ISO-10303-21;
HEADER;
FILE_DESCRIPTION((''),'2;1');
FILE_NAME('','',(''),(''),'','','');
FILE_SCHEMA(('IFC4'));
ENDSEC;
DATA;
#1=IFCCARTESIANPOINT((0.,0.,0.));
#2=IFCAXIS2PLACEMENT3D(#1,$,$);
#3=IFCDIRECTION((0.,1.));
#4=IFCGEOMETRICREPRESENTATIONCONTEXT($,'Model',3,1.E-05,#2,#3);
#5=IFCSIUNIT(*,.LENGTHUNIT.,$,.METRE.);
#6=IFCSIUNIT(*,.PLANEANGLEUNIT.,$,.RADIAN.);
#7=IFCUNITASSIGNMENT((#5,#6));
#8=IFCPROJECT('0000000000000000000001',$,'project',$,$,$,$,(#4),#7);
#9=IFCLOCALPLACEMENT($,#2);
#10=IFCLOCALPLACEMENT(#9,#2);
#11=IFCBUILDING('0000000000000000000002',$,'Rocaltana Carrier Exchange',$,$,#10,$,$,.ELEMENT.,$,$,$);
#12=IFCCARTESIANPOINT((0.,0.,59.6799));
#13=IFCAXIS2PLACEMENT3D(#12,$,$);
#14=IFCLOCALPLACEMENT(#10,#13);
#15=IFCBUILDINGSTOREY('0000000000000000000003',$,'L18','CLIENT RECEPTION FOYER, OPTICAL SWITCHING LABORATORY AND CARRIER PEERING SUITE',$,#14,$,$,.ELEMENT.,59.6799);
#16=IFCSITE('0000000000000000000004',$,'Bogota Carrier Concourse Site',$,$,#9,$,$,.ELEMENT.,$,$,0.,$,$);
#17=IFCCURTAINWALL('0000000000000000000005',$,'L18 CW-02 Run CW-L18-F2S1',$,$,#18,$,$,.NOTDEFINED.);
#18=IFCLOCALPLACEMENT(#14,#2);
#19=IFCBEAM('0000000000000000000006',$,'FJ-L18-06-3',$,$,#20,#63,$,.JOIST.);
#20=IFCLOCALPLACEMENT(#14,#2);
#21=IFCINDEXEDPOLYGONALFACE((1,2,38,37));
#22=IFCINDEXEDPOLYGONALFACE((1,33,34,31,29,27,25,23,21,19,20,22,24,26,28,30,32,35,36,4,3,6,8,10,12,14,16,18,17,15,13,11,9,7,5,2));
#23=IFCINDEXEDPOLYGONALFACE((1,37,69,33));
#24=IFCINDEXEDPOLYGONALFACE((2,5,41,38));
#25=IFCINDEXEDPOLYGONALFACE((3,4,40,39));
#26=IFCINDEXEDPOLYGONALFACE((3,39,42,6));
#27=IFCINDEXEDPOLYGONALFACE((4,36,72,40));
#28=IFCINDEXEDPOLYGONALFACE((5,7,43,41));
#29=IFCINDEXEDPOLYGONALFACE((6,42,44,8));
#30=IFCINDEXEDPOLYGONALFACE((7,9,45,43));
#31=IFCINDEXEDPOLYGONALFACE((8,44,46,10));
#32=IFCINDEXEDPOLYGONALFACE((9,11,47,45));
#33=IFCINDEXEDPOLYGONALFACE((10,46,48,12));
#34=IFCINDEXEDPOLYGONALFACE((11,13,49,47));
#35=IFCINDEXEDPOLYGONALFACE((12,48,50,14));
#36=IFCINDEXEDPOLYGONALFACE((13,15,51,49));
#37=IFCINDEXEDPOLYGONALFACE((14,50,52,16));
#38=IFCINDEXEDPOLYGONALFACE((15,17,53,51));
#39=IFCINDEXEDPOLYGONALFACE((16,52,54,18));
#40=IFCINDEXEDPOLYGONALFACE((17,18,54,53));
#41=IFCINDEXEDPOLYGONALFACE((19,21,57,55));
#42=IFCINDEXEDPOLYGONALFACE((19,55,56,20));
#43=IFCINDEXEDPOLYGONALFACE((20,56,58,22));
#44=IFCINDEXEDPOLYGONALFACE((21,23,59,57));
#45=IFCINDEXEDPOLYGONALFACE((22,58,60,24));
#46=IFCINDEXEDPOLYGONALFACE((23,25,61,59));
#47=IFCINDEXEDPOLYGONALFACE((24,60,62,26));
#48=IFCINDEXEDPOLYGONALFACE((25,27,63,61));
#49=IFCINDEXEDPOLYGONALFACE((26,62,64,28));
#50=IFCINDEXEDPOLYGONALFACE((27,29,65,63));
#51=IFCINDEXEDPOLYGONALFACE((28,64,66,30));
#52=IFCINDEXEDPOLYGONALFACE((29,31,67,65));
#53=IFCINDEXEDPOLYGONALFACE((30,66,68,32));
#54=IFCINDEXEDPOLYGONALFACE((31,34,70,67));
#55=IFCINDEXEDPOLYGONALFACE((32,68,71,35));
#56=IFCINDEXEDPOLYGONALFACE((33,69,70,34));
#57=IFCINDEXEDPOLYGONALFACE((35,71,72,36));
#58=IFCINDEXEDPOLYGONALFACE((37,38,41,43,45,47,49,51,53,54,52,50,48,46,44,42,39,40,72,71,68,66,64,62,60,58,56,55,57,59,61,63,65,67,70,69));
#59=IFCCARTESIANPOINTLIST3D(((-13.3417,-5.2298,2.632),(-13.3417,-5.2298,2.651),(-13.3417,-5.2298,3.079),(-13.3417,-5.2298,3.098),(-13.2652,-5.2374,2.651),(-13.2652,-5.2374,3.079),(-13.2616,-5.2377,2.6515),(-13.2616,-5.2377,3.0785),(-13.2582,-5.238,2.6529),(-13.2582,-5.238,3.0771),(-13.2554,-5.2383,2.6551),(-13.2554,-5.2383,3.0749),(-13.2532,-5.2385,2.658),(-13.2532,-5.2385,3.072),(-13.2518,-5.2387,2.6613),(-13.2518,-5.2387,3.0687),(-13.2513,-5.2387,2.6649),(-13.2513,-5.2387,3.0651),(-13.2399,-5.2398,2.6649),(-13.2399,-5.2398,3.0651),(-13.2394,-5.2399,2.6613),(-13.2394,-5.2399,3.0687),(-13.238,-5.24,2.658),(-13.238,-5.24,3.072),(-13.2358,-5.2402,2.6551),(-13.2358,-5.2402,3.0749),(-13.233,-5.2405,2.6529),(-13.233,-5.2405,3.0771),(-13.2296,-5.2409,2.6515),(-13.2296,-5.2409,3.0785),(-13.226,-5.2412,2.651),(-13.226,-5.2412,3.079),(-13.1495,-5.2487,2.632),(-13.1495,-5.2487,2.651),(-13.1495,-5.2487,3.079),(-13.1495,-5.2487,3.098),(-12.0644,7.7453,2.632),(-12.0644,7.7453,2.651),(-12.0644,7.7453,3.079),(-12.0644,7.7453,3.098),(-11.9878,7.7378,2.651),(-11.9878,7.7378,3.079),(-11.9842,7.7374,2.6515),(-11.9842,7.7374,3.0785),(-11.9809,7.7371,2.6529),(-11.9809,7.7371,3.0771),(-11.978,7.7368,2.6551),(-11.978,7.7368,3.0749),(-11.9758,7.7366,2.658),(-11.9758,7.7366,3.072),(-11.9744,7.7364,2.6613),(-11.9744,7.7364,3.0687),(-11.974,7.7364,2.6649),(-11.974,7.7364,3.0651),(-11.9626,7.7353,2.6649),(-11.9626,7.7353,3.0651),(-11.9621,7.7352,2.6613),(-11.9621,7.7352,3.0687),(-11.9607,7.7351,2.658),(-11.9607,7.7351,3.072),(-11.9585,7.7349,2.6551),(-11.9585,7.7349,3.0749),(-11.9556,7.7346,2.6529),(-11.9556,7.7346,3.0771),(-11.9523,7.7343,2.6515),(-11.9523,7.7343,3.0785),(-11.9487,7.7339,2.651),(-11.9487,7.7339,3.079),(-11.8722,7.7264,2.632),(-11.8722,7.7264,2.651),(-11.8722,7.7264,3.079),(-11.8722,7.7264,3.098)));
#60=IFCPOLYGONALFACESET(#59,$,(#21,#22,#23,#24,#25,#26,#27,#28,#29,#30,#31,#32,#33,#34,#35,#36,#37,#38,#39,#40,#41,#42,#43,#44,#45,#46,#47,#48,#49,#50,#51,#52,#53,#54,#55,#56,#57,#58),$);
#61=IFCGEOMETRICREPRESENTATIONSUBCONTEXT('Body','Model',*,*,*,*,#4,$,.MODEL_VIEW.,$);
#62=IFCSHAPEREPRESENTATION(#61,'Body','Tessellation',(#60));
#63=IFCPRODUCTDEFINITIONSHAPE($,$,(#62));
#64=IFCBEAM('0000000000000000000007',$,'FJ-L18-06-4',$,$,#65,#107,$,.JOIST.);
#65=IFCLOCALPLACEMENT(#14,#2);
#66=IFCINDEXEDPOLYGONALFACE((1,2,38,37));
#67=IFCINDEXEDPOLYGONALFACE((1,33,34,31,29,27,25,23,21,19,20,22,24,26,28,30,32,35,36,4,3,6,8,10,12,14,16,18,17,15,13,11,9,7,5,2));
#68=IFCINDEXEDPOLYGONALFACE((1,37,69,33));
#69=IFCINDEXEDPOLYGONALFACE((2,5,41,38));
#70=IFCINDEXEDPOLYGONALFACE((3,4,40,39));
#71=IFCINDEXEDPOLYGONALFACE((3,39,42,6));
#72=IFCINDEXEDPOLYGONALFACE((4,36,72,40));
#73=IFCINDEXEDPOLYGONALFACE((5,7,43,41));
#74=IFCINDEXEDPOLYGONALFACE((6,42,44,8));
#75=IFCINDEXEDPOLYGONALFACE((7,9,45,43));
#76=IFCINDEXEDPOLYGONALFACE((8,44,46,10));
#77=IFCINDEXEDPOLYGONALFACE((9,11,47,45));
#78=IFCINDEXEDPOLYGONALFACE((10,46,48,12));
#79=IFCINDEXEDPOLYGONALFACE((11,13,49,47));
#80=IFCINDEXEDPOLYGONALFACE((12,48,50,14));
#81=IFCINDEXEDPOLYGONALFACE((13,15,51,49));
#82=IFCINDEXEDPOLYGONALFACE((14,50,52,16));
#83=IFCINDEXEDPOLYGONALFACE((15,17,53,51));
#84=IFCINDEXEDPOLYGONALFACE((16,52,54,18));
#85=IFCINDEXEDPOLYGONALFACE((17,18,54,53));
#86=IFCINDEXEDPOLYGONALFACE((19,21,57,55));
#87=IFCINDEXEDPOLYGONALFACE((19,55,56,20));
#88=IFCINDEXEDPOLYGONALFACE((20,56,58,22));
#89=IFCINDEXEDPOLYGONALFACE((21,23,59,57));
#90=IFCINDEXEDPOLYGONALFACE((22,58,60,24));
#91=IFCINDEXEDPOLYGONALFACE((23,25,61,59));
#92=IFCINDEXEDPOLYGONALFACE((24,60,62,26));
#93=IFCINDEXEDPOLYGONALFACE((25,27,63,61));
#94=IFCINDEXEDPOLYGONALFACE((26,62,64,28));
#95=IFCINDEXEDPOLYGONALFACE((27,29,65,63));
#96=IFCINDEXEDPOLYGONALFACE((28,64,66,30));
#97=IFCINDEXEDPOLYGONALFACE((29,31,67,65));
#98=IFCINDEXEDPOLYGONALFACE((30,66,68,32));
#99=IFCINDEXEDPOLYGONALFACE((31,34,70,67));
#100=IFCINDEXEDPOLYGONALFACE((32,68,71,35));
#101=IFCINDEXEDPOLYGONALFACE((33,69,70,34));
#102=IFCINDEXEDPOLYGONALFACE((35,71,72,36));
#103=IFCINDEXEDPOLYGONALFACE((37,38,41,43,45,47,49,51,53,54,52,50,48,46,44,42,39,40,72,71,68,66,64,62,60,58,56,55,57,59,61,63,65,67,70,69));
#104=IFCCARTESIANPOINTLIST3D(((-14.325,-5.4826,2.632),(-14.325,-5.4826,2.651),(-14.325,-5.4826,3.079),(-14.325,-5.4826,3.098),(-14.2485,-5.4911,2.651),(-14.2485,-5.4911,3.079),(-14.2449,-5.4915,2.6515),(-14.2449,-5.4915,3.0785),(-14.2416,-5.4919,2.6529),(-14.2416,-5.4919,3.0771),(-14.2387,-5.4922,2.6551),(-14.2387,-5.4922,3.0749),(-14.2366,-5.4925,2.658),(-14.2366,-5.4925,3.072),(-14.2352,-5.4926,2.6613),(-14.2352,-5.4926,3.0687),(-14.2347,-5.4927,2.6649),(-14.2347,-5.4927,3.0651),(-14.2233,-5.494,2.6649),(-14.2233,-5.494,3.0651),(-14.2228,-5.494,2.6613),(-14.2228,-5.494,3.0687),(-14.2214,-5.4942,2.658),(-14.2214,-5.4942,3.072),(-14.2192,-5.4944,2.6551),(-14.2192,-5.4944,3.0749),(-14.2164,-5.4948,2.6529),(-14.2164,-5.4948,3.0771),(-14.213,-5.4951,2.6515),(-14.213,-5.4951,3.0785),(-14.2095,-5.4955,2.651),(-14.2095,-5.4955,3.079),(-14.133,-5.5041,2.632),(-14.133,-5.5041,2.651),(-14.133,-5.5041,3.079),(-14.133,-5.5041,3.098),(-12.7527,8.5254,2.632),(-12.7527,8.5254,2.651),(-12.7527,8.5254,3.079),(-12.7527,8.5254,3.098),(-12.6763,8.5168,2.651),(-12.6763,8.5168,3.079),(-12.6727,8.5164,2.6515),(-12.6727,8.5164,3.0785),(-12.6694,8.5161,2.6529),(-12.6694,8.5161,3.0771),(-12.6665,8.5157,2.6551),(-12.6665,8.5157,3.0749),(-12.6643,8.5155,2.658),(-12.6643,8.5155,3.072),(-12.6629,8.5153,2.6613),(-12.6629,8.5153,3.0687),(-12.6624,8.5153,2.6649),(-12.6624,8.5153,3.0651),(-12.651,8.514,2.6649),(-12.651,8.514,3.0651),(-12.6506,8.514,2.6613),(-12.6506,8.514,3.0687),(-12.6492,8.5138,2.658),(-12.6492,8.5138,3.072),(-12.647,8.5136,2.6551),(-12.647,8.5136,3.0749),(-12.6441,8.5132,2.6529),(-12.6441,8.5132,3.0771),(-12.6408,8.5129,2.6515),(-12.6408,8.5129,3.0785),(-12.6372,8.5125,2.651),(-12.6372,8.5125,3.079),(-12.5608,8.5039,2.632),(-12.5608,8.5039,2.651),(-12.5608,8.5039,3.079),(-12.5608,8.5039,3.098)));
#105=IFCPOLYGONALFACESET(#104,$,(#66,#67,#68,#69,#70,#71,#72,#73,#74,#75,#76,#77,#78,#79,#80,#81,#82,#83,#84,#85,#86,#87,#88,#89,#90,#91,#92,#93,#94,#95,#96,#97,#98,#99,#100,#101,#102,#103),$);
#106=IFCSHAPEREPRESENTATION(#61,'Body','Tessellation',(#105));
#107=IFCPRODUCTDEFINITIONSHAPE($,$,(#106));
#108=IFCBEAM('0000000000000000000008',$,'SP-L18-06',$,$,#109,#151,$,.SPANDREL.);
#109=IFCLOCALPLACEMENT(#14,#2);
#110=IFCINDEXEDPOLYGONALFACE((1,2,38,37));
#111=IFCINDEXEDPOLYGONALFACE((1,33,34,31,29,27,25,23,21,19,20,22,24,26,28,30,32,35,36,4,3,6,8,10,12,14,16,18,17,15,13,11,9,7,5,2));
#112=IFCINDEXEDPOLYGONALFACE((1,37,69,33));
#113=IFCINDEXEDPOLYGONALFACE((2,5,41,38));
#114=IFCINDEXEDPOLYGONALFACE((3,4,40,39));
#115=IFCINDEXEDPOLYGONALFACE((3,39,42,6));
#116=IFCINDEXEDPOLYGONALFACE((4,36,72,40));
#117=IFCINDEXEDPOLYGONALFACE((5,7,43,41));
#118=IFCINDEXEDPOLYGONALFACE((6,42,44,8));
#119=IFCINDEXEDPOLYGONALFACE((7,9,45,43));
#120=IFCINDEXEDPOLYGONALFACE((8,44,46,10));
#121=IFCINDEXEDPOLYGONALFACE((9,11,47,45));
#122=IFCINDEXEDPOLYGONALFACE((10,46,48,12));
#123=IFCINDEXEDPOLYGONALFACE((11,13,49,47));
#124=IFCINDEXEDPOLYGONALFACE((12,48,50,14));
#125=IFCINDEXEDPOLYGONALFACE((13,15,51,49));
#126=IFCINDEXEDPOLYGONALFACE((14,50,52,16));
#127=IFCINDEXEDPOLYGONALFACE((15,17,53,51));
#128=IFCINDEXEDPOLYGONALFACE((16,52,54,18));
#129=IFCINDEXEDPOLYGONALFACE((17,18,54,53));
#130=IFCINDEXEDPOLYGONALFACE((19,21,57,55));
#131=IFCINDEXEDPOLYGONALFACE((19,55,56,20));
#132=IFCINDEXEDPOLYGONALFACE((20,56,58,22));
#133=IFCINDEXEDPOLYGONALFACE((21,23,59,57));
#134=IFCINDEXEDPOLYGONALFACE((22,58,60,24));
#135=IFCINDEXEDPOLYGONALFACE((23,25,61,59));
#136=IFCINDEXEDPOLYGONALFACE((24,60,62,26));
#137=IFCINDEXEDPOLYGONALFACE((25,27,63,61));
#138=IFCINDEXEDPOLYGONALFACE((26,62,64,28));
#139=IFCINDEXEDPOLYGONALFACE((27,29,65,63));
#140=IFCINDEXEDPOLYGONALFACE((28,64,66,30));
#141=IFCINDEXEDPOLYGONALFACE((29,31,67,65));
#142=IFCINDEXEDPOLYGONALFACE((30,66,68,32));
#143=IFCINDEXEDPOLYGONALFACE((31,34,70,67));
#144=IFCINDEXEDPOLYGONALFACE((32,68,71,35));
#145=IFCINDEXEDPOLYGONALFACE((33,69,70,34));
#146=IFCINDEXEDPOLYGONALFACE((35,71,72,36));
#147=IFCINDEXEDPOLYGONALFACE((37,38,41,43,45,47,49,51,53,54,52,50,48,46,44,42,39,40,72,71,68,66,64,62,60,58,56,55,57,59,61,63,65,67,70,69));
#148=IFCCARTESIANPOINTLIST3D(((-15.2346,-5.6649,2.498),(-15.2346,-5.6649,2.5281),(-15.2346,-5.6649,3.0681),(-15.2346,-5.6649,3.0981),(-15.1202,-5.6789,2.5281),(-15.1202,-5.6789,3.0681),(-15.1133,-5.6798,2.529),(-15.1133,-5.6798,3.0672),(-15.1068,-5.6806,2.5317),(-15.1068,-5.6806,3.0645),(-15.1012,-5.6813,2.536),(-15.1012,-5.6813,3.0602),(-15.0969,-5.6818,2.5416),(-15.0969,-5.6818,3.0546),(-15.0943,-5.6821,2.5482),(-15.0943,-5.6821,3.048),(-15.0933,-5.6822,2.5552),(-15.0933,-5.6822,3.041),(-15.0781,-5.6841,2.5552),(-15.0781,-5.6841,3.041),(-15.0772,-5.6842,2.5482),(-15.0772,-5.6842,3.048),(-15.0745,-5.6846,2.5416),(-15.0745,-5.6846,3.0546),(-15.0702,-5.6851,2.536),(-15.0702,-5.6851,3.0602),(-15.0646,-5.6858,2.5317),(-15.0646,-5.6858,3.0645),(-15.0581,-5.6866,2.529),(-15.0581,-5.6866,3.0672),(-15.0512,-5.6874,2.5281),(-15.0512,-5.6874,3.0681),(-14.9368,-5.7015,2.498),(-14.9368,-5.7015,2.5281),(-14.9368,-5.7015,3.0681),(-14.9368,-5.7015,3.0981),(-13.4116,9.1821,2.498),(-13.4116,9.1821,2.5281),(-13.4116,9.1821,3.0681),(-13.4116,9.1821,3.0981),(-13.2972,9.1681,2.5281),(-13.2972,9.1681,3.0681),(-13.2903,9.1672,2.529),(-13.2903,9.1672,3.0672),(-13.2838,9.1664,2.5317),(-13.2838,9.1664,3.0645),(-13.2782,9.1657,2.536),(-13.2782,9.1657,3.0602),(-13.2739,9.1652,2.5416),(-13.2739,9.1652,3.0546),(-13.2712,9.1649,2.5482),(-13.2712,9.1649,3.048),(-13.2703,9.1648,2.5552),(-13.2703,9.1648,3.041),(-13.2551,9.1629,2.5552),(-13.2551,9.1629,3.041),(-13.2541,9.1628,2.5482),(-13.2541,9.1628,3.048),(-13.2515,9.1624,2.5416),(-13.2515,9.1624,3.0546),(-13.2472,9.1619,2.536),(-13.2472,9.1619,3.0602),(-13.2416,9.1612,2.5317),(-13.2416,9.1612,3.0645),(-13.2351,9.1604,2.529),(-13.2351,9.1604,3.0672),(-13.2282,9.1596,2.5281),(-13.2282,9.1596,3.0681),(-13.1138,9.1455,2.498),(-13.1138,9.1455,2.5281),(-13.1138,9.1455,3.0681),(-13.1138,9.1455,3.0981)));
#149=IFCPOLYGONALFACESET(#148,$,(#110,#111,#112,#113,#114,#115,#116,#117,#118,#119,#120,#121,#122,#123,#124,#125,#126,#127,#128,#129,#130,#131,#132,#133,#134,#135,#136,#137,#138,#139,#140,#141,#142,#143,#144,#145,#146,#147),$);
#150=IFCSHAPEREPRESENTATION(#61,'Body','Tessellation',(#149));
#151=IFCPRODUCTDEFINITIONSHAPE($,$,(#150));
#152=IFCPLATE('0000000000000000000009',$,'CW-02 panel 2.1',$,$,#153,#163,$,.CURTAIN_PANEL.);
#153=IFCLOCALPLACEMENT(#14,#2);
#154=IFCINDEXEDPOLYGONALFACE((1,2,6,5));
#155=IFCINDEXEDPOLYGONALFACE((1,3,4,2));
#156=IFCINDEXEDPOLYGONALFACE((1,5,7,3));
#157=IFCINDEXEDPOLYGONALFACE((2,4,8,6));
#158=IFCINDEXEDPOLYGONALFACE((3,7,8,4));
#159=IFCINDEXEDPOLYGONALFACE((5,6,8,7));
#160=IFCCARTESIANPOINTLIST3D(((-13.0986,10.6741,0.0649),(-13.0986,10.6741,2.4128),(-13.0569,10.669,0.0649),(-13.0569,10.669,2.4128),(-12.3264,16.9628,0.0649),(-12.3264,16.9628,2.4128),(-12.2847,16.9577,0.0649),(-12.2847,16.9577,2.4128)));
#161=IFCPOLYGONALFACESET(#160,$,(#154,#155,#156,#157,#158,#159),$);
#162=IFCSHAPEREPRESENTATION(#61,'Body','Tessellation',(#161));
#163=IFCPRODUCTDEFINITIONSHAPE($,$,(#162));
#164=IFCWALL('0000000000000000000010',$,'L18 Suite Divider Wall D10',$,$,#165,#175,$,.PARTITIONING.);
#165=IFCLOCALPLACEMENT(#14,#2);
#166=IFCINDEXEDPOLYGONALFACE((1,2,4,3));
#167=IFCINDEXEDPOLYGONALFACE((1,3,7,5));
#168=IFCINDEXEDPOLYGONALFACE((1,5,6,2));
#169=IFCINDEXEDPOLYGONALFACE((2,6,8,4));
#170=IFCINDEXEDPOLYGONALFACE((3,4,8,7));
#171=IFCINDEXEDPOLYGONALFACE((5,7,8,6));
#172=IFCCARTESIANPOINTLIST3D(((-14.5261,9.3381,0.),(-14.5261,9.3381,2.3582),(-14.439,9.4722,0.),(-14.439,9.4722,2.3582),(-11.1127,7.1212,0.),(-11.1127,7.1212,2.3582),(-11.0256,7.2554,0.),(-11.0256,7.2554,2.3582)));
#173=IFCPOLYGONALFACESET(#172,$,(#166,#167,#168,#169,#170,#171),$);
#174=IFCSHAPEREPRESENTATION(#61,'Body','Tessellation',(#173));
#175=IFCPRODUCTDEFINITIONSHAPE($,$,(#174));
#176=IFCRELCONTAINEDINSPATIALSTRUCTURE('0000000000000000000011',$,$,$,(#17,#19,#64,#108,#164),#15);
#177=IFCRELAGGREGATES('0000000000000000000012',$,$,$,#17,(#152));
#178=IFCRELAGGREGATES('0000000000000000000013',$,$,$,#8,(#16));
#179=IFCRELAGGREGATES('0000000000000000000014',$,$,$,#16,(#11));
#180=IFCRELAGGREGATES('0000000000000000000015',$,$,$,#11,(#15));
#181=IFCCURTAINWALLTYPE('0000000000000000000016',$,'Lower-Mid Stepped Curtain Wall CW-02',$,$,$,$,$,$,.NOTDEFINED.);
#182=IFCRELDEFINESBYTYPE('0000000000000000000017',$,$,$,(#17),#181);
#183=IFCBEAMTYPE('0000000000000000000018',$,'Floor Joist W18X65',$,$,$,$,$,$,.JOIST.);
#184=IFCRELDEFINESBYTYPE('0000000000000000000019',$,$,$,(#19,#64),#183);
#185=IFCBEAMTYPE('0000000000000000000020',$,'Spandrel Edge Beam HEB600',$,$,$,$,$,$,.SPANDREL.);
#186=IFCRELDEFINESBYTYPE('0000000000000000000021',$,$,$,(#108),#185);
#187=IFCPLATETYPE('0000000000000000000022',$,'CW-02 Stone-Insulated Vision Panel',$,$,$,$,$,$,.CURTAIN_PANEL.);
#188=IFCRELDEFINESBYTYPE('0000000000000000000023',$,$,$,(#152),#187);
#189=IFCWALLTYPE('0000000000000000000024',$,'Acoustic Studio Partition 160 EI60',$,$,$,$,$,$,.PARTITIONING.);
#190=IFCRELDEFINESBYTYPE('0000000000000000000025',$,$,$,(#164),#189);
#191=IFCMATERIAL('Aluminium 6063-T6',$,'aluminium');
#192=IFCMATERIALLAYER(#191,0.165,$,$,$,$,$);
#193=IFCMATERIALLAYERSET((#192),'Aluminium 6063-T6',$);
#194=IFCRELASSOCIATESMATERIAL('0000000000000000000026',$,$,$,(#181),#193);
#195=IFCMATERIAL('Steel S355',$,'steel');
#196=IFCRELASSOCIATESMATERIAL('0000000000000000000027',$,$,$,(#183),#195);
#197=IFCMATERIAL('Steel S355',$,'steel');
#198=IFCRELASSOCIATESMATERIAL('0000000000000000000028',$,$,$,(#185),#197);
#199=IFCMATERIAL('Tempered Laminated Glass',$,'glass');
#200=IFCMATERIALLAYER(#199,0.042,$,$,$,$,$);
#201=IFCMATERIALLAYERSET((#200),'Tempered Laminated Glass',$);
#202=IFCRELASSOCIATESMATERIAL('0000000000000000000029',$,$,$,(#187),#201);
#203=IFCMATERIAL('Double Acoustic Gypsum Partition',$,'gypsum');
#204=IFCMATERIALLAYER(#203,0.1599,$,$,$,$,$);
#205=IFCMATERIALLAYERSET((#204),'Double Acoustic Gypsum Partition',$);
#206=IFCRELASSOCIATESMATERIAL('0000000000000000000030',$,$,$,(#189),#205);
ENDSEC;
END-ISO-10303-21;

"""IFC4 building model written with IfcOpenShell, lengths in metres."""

from ifc_helpers import new_model, si_unit, direction, frame, frame_2d, origin, origin_2d, place, context, subcontext, project, spatial, rectangle, i_section, extrude, material, layer, layer_set, material_profile, profile_set, type_object, element, aggregate, save


model = new_model("IFC4")

# Units and contexts
model_context = context("Model", 3, precision=1e-05, world=origin(), true_north=direction((0.0, 1.0)))
body_context = subcontext(model_context, "Body", "Model", "MODEL_VIEW")
ifc_project = project(units=[si_unit("LENGTHUNIT", "METRE"), si_unit("PLANEANGLEUNIT", "RADIAN")], contexts=[model_context])

# Site, building, storey
site_placement = place(None, origin())
site = spatial("IfcSite", under=ifc_project, at=site_placement, Name="Bogota Carrier Concourse Site", CompositionType="ELEMENT", RefElevation=0.0)
building_placement = place(site_placement, origin())
building = spatial("IfcBuilding", under=site, at=building_placement, Name="Rocaltana Carrier Exchange", CompositionType="ELEMENT")
storey_placement = place(building_placement, frame((0.0, 0.0, 59.6799)))
storey = spatial("IfcBuildingStorey", under=building, at=storey_placement, Name="L18", Description="CLIENT RECEPTION FOYER, OPTICAL SWITCHING LABORATORY AND CARRIER PEERING SUITE", CompositionType="ELEMENT", Elevation=59.6799)

# Curtain wall
ifc_material_1 = material(Name="Aluminium 6063-T6", Category="aluminium")
ifc_layer_1 = layer(ifc_material_1, 0.165)
ifc_layer_set_1 = layer_set([ifc_layer_1], Name="Aluminium 6063-T6")
curtain_wall_type = type_object("IfcCurtainWallType", Name="Lower-Mid Stepped Curtain Wall CW-02", PredefinedType="NOTDEFINED", material=ifc_layer_set_1)
curtain_wall_1_placement = place(storey_placement, origin())
curtain_wall_1 = element("IfcCurtainWall", 1, at=curtain_wall_1_placement, inside=storey, type_object=curtain_wall_type, Name="L18 CW-02 Run CW-L18-F2S1", PredefinedType="NOTDEFINED")

# Beams
ifc_material_2 = material(Name="Steel S355", Category="steel")
ifc_material_profile_1 = material_profile(ifc_material_2, i_section(OverallWidth=0.1931, OverallDepth=0.4661, WebThickness=0.0115, FlangeThickness=0.019, FilletRadius=0.0139, at=origin_2d()), Name="W18X65")
ifc_profile_set_1 = profile_set([ifc_material_profile_1], Name="Steel S355")
beam_type_1 = type_object("IfcBeamType", Name="Floor Joist W18X65", PredefinedType="JOIST", material=ifc_profile_set_1)
beam_1_placement = place(storey_placement, frame((-11.9683, 7.7358, 2.865), z_axis=(-0.097972, -0.995189, 0.0), x_axis=(0.995189, -0.097972, 0.0)))
element("IfcBeam", 2, at=beam_1_placement, inside=storey, type_object=beam_type_1, Name="FJ-L18-06-3", PredefinedType="JOIST", context=body_context, shape_type="SweptSolid", body=[
    extrude(i_section(OverallWidth=0.1931, OverallDepth=0.4661, WebThickness=0.0115, FlangeThickness=0.019, FilletRadius=0.0139, at=origin_2d()), origin(), (0.0, 0.0, 1.0), 13.0378),
])
beam_2_placement = place(storey_placement, frame((-12.6567, 8.5146, 2.865), z_axis=(-0.11154, -0.99376, 0.0), x_axis=(0.99376, -0.11154, 0.0)))
element("IfcBeam", 3, at=beam_2_placement, inside=storey, type_object=beam_type_1, Name="FJ-L18-06-4", PredefinedType="JOIST", context=body_context, shape_type="SweptSolid", body=[
    extrude(i_section(OverallWidth=0.1931, OverallDepth=0.4661, WebThickness=0.0115, FlangeThickness=0.019, FilletRadius=0.0139, at=origin_2d()), origin(), (0.0, 0.0, 1.0), 14.0959),
])
ifc_material_3 = material(Name="Steel S355", Category="steel")
ifc_material_profile_2 = material_profile(ifc_material_3, i_section(OverallWidth=0.3, OverallDepth=0.6001, WebThickness=0.0154, FlangeThickness=0.03, FilletRadius=0.0271, at=origin_2d()), Name="HEB600")
ifc_profile_set_2 = profile_set([ifc_material_profile_2], Name="Steel S355")
beam_type_2 = type_object("IfcBeamType", Name="Spandrel Edge Beam HEB600", PredefinedType="SPANDREL", material=ifc_profile_set_2)
beam_3_placement = place(storey_placement, frame((-13.2627, 9.1638, 2.7981), z_axis=(-0.121871, -0.992546, 0.0), x_axis=(0.992546, -0.121871, 0.0)))
element("IfcBeam", 4, at=beam_3_placement, inside=storey, type_object=beam_type_2, Name="SP-L18-06", PredefinedType="SPANDREL", context=body_context, shape_type="SweptSolid", body=[
    extrude(i_section(OverallWidth=0.3, OverallDepth=0.6001, WebThickness=0.0154, FlangeThickness=0.03, FilletRadius=0.0271, at=origin_2d()), origin(), (0.0, 0.0, 1.0), 14.9585),
])

# Plate
ifc_material_4 = material(Name="Tempered Laminated Glass", Category="glass")
ifc_layer_2 = layer(ifc_material_4, 0.042)
ifc_layer_set_2 = layer_set([ifc_layer_2], Name="Tempered Laminated Glass")
plate_type = type_object("IfcPlateType", Name="CW-02 Stone-Insulated Vision Panel", PredefinedType="CURTAIN_PANEL", material=ifc_layer_set_2)
plate_placement = place(storey_placement, frame((-12.6917, 13.8159, 0.0649), z_axis=(0.0, 0.0, 1.0), x_axis=(-0.121873, -0.992546, 0.0)))
plate = element("IfcPlate", 5, at=plate_placement, type_object=plate_type, Name="CW-02 panel 2.1", PredefinedType="CURTAIN_PANEL", context=body_context, shape_type="SweptSolid", body=[
    extrude(rectangle(XDim=6.3359, YDim=0.042, at=origin_2d()), origin(), (0.0, 0.0, 1.0), 2.3479),
])
aggregate(curtain_wall_1, [plate])

# Wall
ifc_material_5 = material(Name="Double Acoustic Gypsum Partition", Category="gypsum")
ifc_layer_3 = layer(ifc_material_5, 0.1599)
ifc_layer_set_3 = layer_set([ifc_layer_3], Name="Double Acoustic Gypsum Partition")
wall_type_1 = type_object("IfcWallType", Name="Acoustic Studio Partition 160 EI60", PredefinedType="PARTITIONING", material=ifc_layer_set_3)
wall_1_placement = place(storey_placement, frame((-11.0691, 7.1882, 0.0), z_axis=(0.0, 0.0, 1.0), x_axis=(-0.838653, 0.544666, 0.0)))
element("IfcWall", 6, at=wall_1_placement, inside=storey, type_object=wall_type_1, Name="L18 Suite Divider Wall D10", PredefinedType="PARTITIONING", context=body_context, shape_type="SweptSolid", body=[
    extrude(rectangle(XDim=4.0701, YDim=0.1599, at=frame_2d((2.0352, 0.0))), origin(), (0.0, 0.0, 1.0), 2.3582),
])

save(model, "model.ifc")
